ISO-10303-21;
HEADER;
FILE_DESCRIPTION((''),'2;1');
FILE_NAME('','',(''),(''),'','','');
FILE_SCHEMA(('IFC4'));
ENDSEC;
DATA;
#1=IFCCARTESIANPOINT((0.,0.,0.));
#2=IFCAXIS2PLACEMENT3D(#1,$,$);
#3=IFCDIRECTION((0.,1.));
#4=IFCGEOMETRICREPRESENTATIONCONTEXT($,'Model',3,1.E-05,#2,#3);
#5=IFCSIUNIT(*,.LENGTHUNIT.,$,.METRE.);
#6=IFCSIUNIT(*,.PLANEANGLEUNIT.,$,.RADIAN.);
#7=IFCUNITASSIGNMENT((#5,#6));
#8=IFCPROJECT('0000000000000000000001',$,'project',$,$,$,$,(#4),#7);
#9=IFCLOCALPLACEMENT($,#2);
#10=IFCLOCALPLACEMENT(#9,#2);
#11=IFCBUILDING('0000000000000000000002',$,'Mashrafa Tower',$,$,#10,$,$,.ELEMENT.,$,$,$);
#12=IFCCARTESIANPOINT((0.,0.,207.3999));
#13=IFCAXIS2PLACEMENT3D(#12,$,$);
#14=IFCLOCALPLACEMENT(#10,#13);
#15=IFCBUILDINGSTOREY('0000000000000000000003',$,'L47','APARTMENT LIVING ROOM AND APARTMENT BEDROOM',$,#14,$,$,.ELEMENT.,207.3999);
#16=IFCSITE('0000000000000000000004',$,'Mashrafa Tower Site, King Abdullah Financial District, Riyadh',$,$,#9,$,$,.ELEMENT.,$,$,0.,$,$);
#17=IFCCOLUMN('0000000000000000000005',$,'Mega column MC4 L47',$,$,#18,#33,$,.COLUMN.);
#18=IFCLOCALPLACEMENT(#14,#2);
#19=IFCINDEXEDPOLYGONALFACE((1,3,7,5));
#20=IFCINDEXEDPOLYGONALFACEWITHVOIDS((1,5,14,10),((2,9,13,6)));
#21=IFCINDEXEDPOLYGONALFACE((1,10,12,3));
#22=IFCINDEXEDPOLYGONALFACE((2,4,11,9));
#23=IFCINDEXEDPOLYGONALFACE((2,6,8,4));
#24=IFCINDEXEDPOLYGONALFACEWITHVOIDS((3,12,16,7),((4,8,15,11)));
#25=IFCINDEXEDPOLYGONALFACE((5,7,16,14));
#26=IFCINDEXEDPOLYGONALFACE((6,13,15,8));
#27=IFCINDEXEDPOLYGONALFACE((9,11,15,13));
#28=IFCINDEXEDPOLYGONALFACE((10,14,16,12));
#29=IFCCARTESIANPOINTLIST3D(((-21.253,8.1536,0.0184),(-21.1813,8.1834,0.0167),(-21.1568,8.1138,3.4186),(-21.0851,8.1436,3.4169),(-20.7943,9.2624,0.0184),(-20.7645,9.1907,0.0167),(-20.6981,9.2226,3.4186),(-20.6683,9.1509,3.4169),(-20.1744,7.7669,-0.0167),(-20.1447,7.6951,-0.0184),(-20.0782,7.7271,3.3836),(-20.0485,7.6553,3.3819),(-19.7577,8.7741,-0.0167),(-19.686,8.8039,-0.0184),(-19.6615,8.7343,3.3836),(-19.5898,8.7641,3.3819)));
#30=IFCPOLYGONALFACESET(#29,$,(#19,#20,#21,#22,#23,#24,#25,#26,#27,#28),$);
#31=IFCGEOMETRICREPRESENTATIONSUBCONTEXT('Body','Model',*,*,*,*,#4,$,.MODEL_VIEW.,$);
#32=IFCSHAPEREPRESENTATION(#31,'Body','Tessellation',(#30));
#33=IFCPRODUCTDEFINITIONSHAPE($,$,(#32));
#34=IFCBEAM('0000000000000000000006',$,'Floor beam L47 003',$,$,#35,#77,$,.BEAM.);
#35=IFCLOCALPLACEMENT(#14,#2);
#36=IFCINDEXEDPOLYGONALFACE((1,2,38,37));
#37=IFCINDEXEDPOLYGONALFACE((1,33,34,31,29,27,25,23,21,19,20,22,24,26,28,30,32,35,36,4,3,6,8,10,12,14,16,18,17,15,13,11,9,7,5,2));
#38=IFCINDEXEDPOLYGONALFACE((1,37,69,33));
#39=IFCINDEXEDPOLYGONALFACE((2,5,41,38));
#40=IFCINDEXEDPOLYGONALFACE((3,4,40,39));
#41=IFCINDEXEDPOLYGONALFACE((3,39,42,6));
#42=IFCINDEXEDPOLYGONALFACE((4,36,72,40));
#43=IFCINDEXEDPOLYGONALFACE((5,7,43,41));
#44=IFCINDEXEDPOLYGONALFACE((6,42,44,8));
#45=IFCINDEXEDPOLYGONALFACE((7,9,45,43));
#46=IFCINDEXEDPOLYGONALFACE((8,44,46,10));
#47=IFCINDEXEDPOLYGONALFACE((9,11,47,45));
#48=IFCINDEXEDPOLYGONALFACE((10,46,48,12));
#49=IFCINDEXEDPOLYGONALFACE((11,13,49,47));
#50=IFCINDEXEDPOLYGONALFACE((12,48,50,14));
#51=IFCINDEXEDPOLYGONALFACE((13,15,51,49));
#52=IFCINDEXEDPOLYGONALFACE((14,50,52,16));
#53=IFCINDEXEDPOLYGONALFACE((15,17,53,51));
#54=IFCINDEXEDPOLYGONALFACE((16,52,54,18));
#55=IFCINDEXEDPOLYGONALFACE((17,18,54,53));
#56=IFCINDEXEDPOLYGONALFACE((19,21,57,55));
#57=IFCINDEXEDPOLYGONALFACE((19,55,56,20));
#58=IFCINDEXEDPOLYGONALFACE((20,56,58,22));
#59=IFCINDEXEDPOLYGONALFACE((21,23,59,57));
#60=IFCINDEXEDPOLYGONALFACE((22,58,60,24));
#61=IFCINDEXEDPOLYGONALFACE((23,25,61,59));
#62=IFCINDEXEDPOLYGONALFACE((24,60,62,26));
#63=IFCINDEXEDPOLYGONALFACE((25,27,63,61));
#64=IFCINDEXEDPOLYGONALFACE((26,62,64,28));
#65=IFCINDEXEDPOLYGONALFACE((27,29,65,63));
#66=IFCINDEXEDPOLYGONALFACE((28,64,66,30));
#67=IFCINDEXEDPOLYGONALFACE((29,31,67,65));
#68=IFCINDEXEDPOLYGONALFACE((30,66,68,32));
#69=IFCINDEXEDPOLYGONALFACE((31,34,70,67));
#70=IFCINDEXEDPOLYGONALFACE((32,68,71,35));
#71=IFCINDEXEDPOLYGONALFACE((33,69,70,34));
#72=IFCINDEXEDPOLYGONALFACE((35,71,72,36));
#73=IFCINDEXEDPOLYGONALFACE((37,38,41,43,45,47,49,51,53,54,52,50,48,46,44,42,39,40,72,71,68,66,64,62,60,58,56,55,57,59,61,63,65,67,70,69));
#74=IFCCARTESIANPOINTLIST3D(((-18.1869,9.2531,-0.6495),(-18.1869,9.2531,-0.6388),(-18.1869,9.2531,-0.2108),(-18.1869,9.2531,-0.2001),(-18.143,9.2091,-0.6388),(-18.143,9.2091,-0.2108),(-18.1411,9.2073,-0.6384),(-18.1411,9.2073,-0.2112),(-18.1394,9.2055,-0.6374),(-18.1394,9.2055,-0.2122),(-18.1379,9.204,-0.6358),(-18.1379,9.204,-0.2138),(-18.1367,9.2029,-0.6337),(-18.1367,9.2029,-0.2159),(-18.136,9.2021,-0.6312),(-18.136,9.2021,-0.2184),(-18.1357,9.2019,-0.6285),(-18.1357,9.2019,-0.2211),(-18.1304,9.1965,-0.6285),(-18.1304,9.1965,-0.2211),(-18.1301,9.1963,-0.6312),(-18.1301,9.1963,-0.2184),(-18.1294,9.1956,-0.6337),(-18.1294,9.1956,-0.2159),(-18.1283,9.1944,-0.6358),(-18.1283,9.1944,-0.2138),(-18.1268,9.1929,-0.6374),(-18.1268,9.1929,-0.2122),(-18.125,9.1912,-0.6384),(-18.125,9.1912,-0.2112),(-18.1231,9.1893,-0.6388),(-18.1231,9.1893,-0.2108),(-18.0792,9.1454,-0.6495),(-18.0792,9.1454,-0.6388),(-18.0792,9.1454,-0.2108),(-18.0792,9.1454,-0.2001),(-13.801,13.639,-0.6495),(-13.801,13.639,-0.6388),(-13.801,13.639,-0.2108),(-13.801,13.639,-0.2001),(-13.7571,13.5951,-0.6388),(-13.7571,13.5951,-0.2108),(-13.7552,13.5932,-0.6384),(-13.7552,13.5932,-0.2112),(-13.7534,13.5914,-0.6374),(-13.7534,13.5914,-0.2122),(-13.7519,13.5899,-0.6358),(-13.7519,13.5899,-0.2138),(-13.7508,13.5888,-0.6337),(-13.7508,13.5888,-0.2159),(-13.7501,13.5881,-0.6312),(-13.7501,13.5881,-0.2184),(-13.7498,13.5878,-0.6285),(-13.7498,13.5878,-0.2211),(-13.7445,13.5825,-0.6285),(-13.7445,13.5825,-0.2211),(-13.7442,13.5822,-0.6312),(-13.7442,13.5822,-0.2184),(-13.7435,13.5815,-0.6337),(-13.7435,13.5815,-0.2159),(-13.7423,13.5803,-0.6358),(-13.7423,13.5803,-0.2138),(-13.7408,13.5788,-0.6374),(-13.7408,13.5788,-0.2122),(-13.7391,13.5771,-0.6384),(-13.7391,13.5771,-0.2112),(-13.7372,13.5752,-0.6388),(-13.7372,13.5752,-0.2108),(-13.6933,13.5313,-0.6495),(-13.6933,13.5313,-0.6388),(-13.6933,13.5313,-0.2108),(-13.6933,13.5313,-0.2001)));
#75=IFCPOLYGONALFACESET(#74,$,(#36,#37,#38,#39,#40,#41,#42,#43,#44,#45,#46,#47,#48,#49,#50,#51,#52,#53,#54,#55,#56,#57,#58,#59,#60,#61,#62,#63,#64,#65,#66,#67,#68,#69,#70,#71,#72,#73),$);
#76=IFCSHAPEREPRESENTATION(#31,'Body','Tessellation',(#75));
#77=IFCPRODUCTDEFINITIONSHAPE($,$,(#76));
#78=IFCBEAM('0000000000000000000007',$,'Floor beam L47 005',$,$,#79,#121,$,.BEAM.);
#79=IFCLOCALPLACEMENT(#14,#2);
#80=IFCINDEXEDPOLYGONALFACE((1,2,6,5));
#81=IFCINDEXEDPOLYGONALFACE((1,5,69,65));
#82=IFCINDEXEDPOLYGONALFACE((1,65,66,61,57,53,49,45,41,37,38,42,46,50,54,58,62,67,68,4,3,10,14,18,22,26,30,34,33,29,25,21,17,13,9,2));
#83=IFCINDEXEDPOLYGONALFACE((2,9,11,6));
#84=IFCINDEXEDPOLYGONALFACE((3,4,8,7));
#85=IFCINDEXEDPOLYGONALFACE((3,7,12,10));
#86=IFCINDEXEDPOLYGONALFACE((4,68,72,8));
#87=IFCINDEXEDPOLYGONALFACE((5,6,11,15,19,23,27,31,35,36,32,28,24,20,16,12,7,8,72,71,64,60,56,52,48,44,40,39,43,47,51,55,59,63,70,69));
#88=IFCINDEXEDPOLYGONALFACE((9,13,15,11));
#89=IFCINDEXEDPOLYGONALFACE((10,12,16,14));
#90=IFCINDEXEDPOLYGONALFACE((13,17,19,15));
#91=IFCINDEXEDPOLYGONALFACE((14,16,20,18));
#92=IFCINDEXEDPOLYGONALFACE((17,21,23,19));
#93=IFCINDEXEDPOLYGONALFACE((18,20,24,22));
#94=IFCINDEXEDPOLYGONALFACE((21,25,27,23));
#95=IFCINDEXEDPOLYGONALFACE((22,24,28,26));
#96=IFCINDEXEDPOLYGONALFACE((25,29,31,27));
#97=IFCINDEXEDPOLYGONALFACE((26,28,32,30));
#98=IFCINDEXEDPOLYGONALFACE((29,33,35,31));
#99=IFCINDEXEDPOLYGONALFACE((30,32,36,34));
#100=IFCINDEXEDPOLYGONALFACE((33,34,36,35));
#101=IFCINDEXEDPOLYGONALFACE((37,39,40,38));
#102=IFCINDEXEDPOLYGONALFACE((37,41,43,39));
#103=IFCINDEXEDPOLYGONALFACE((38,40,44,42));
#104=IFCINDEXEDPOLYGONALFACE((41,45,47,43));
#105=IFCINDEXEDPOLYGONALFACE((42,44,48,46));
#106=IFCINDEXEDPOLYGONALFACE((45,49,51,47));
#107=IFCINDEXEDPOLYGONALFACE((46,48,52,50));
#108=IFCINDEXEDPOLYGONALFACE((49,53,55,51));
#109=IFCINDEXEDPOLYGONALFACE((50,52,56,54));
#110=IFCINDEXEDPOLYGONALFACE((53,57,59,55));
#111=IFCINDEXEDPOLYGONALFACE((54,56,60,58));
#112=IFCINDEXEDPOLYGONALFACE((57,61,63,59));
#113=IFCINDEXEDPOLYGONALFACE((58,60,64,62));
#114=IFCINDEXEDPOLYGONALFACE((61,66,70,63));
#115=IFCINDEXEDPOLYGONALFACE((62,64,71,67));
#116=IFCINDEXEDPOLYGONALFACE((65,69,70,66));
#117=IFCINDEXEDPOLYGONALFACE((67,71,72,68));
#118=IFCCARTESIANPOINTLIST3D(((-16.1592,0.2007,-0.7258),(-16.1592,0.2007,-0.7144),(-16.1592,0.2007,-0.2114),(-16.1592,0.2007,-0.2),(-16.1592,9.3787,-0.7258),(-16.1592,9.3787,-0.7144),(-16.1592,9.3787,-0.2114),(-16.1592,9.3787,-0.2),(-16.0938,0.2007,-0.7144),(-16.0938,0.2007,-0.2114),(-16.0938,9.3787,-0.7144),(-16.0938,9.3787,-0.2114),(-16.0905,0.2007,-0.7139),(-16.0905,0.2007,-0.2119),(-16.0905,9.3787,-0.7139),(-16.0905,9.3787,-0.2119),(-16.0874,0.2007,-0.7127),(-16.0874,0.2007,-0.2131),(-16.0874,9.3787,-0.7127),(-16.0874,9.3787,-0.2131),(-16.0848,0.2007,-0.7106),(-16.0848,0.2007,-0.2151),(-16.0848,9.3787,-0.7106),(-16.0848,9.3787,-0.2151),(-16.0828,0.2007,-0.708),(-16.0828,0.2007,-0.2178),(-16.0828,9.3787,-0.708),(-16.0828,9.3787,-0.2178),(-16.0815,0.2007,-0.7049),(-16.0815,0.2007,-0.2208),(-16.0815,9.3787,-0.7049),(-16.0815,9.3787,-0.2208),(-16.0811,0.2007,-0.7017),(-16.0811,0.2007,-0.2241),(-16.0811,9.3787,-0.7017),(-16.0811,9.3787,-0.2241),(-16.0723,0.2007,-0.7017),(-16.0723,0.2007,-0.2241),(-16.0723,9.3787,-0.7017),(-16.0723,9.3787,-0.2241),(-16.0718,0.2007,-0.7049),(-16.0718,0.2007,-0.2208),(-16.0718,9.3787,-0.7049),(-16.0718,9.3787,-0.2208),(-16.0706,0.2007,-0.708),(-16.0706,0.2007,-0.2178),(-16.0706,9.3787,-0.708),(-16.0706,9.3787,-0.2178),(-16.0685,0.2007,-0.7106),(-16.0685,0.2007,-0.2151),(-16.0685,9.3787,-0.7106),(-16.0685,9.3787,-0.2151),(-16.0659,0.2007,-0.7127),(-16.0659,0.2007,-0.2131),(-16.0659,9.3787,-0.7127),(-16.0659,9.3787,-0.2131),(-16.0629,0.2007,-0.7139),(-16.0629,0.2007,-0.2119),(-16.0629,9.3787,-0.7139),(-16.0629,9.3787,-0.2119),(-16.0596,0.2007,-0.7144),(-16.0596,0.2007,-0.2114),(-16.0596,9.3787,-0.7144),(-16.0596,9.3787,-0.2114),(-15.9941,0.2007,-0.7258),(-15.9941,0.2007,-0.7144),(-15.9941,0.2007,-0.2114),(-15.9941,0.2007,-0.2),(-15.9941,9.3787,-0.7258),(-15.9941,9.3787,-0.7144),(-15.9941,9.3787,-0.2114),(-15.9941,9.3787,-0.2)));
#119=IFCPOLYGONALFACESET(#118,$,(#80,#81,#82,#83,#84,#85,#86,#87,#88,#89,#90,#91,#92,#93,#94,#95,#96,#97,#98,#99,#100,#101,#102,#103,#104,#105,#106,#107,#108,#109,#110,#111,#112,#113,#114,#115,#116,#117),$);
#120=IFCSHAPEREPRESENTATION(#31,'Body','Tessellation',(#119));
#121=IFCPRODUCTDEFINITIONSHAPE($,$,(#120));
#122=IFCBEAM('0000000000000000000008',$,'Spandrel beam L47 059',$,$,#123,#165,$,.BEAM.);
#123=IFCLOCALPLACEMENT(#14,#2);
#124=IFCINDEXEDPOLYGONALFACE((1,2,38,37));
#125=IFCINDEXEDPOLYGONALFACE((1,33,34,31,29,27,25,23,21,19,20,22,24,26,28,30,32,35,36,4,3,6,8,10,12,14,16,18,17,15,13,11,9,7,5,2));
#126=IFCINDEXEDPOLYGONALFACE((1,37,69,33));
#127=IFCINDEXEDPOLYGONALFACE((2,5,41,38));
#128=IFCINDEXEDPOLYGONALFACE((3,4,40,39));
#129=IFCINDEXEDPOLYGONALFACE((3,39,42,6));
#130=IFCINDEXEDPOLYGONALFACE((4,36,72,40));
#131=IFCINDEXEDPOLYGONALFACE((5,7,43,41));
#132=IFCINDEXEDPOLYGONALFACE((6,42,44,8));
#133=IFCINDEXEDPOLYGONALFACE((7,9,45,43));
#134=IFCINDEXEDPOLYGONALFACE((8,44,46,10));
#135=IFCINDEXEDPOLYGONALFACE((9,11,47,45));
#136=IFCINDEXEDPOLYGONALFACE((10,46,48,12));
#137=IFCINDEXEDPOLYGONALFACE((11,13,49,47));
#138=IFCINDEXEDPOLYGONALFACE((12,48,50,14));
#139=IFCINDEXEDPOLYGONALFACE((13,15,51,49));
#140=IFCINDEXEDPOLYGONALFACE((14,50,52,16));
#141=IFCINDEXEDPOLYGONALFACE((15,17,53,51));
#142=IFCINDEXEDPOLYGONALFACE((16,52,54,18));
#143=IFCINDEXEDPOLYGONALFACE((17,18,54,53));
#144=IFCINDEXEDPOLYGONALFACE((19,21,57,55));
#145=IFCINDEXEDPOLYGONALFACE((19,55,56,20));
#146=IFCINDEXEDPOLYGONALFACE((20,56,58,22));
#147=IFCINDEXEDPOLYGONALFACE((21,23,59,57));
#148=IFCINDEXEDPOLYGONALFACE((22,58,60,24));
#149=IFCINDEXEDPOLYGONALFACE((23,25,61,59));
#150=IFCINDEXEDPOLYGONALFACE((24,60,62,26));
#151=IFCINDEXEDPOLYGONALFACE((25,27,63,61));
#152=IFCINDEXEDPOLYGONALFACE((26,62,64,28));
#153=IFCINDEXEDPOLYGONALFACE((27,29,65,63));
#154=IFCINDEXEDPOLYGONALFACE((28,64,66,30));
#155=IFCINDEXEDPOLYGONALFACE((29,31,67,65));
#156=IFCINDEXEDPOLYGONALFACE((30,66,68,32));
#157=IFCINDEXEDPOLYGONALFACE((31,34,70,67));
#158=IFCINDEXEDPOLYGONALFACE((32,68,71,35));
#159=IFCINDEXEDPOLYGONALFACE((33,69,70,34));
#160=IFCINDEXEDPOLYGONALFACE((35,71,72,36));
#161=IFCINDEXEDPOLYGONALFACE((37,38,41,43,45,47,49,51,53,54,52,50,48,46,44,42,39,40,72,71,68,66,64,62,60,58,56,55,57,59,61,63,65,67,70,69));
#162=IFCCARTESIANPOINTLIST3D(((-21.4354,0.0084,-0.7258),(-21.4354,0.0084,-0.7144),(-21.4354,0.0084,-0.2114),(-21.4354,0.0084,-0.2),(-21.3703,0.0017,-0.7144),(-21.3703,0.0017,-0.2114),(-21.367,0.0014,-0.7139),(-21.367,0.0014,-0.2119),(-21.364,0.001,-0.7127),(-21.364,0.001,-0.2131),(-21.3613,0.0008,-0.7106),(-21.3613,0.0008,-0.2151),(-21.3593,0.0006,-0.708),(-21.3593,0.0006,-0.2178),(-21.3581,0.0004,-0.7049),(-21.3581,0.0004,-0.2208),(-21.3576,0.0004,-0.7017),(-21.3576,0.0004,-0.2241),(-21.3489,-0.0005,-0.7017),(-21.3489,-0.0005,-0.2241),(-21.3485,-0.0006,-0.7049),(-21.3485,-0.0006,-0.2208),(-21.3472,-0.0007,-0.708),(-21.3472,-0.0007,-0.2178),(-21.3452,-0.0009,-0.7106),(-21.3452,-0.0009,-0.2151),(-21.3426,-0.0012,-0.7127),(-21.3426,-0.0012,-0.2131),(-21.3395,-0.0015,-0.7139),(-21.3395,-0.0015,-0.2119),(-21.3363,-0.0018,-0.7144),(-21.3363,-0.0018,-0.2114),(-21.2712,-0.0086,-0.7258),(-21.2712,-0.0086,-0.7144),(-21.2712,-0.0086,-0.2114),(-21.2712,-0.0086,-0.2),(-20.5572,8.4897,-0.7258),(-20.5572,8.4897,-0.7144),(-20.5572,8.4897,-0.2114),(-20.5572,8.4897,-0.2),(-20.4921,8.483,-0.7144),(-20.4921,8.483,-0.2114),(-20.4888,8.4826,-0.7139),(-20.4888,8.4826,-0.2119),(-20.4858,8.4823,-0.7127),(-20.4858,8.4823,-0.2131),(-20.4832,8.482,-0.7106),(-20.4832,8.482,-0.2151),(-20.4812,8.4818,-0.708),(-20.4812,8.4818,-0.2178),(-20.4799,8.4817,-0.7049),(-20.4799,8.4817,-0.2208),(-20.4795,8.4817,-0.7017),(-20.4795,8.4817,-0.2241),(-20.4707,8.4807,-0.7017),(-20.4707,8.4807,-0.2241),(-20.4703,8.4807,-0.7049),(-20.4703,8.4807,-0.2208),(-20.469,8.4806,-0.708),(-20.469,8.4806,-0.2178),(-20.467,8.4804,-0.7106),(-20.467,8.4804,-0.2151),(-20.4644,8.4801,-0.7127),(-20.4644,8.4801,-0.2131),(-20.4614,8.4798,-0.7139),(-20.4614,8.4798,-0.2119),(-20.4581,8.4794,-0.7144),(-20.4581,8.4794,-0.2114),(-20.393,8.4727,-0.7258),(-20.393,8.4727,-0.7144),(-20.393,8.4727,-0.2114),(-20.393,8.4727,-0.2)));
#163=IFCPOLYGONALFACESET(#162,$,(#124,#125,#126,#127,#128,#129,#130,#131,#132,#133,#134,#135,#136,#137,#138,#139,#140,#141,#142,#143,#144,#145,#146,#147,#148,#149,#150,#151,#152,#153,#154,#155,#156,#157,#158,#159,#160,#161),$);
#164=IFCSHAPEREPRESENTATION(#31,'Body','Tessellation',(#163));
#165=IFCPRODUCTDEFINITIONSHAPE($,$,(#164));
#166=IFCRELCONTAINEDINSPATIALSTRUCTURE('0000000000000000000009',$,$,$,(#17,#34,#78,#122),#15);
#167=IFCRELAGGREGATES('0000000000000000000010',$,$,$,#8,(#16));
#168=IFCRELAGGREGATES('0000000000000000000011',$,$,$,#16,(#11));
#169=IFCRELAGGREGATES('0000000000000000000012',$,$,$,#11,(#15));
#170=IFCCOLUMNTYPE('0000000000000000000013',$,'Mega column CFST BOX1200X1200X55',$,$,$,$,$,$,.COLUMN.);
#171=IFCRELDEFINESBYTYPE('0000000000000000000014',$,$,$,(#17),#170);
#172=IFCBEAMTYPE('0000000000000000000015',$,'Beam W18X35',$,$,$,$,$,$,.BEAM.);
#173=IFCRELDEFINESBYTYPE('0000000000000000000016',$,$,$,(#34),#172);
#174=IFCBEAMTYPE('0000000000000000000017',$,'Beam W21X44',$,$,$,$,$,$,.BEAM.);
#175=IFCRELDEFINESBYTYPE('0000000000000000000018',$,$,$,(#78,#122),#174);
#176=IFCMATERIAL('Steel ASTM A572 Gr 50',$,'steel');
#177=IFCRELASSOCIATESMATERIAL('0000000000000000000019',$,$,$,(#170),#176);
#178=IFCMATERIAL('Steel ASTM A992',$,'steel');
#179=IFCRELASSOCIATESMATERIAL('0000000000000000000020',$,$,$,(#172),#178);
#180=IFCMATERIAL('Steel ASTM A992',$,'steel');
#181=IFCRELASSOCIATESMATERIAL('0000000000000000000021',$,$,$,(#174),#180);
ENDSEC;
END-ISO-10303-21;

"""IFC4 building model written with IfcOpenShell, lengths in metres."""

from ifc_helpers import new_model, si_unit, direction, frame, origin, origin_2d, place, context, subcontext, project, spatial, hollow_rectangle, i_section, extrude, material, material_profile, profile_set, type_object, element, save


model = new_model("IFC4")

# Units and contexts
model_context = context("Model", 3, precision=1e-05, world=origin(), true_north=direction((0.0, 1.0)))
body_context = subcontext(model_context, "Body", "Model", "MODEL_VIEW")
ifc_project = project(units=[si_unit("LENGTHUNIT", "METRE"), si_unit("PLANEANGLEUNIT", "RADIAN")], contexts=[model_context])

# Site, building, storey
site_placement = place(None, origin())
site = spatial("IfcSite", under=ifc_project, at=site_placement, Name="Mashrafa Tower Site, King Abdullah Financial District, Riyadh", CompositionType="ELEMENT", RefElevation=0.0)
building_placement = place(site_placement, origin())
building = spatial("IfcBuilding", under=site, at=building_placement, Name="Mashrafa Tower", CompositionType="ELEMENT")
storey_placement = place(building_placement, frame((0.0, 0.0, 207.3999)))
storey = spatial("IfcBuildingStorey", under=building, at=storey_placement, Name="L47", Description="APARTMENT LIVING ROOM AND APARTMENT BEDROOM", CompositionType="ELEMENT", Elevation=207.3999)

# Column
ifc_material_1 = material(Name="Steel ASTM A572 Gr 50", Category="steel")
ifc_material_profile_1 = material_profile(ifc_material_1, hollow_rectangle(XDim=1.2, YDim=1.2, WallThickness=0.0549, at=origin_2d()), Name="BOX1200X1200X55")
ifc_profile_set_1 = profile_set([ifc_material_profile_1], Name="Steel ASTM A572 Gr 50")
column_type = type_object("IfcColumnType", Name="Mega column CFST BOX1200X1200X55", PredefinedType="COLUMN", material=ifc_profile_set_1)
column_placement = place(storey_placement, frame((-20.4695, 8.4788, 0.0), z_axis=(0.028277, -0.011698, 0.999532), x_axis=(0.382283, 0.924045, 0.0)))
element("IfcColumn", 1, at=column_placement, inside=storey, type_object=column_type, Name="Mega column MC4 L47", PredefinedType="COLUMN", context=body_context, shape_type="SweptSolid", body=[
    extrude(hollow_rectangle(XDim=1.2, YDim=1.2, WallThickness=0.0549, at=origin_2d()), origin(), (0.0, 0.0, 1.0), 3.4019),
])

# Beams
ifc_material_2 = material(Name="Steel ASTM A992", Category="steel")
ifc_material_profile_2 = material_profile(ifc_material_2, i_section(OverallWidth=0.1523, OverallDepth=0.4495, WebThickness=0.0076, FlangeThickness=0.0107, FilletRadius=0.0103, at=origin_2d()), Name="W18X35")
ifc_profile_set_2 = profile_set([ifc_material_profile_2], Name="Steel ASTM A992")
beam_type_1 = type_object("IfcBeamType", Name="Beam W18X35", PredefinedType="BEAM", material=ifc_profile_set_2)
beam_1_placement = place(storey_placement, frame((-18.1331, 9.1992, -0.4248), z_axis=(0.707107, 0.707107, 0.0), x_axis=(-0.707107, 0.707107, 0.0)))
element("IfcBeam", 2, at=beam_1_placement, inside=storey, type_object=beam_type_1, Name="Floor beam L47 003", PredefinedType="BEAM", context=body_context, shape_type="SweptSolid", body=[
    extrude(i_section(OverallWidth=0.1523, OverallDepth=0.4495, WebThickness=0.0076, FlangeThickness=0.0107, FilletRadius=0.0103, at=origin_2d()), origin(), (0.0, 0.0, 1.0), 6.2026),
])
ifc_material_3 = material(Name="Steel ASTM A992", Category="steel")
ifc_material_profile_3 = material_profile(ifc_material_3, i_section(OverallWidth=0.165, OverallDepth=0.5259, WebThickness=0.0088, FlangeThickness=0.0115, FilletRadius=0.0127, at=origin_2d()), Name="W21X44")
ifc_profile_set_3 = profile_set([ifc_material_profile_3], Name="Steel ASTM A992")
beam_type_2 = type_object("IfcBeamType", Name="Beam W21X44", PredefinedType="BEAM", material=ifc_profile_set_3)
beam_2_placement = place(storey_placement, frame((-16.0767, 0.2007, -0.4629), z_axis=(0.0, 1.0, 0.0), x_axis=(-1.0, 0.0, 0.0)))
element("IfcBeam", 3, at=beam_2_placement, inside=storey, type_object=beam_type_2, Name="Floor beam L47 005", PredefinedType="BEAM", context=body_context, shape_type="SweptSolid", body=[
    extrude(i_section(OverallWidth=0.165, OverallDepth=0.5259, WebThickness=0.0088, FlangeThickness=0.0115, FilletRadius=0.0127, at=origin_2d()), origin(), (0.0, 0.0, 1.0), 9.178),
])
beam_3_placement = place(storey_placement, frame((-20.4751, 8.4812, -0.4629), z_axis=(-0.102993, -0.994682, 0.0), x_axis=(0.994682, -0.102993, 0.0)))
element("IfcBeam", 4, at=beam_3_placement, inside=storey, type_object=beam_type_2, Name="Spandrel beam L47 059", PredefinedType="BEAM", context=body_context, shape_type="SweptSolid", body=[
    extrude(i_section(OverallWidth=0.165, OverallDepth=0.5259, WebThickness=0.0088, FlangeThickness=0.0115, FilletRadius=0.0127, at=origin_2d()), origin(), (0.0, 0.0, 1.0), 8.5266),
])

save(model, "model.ifc")
